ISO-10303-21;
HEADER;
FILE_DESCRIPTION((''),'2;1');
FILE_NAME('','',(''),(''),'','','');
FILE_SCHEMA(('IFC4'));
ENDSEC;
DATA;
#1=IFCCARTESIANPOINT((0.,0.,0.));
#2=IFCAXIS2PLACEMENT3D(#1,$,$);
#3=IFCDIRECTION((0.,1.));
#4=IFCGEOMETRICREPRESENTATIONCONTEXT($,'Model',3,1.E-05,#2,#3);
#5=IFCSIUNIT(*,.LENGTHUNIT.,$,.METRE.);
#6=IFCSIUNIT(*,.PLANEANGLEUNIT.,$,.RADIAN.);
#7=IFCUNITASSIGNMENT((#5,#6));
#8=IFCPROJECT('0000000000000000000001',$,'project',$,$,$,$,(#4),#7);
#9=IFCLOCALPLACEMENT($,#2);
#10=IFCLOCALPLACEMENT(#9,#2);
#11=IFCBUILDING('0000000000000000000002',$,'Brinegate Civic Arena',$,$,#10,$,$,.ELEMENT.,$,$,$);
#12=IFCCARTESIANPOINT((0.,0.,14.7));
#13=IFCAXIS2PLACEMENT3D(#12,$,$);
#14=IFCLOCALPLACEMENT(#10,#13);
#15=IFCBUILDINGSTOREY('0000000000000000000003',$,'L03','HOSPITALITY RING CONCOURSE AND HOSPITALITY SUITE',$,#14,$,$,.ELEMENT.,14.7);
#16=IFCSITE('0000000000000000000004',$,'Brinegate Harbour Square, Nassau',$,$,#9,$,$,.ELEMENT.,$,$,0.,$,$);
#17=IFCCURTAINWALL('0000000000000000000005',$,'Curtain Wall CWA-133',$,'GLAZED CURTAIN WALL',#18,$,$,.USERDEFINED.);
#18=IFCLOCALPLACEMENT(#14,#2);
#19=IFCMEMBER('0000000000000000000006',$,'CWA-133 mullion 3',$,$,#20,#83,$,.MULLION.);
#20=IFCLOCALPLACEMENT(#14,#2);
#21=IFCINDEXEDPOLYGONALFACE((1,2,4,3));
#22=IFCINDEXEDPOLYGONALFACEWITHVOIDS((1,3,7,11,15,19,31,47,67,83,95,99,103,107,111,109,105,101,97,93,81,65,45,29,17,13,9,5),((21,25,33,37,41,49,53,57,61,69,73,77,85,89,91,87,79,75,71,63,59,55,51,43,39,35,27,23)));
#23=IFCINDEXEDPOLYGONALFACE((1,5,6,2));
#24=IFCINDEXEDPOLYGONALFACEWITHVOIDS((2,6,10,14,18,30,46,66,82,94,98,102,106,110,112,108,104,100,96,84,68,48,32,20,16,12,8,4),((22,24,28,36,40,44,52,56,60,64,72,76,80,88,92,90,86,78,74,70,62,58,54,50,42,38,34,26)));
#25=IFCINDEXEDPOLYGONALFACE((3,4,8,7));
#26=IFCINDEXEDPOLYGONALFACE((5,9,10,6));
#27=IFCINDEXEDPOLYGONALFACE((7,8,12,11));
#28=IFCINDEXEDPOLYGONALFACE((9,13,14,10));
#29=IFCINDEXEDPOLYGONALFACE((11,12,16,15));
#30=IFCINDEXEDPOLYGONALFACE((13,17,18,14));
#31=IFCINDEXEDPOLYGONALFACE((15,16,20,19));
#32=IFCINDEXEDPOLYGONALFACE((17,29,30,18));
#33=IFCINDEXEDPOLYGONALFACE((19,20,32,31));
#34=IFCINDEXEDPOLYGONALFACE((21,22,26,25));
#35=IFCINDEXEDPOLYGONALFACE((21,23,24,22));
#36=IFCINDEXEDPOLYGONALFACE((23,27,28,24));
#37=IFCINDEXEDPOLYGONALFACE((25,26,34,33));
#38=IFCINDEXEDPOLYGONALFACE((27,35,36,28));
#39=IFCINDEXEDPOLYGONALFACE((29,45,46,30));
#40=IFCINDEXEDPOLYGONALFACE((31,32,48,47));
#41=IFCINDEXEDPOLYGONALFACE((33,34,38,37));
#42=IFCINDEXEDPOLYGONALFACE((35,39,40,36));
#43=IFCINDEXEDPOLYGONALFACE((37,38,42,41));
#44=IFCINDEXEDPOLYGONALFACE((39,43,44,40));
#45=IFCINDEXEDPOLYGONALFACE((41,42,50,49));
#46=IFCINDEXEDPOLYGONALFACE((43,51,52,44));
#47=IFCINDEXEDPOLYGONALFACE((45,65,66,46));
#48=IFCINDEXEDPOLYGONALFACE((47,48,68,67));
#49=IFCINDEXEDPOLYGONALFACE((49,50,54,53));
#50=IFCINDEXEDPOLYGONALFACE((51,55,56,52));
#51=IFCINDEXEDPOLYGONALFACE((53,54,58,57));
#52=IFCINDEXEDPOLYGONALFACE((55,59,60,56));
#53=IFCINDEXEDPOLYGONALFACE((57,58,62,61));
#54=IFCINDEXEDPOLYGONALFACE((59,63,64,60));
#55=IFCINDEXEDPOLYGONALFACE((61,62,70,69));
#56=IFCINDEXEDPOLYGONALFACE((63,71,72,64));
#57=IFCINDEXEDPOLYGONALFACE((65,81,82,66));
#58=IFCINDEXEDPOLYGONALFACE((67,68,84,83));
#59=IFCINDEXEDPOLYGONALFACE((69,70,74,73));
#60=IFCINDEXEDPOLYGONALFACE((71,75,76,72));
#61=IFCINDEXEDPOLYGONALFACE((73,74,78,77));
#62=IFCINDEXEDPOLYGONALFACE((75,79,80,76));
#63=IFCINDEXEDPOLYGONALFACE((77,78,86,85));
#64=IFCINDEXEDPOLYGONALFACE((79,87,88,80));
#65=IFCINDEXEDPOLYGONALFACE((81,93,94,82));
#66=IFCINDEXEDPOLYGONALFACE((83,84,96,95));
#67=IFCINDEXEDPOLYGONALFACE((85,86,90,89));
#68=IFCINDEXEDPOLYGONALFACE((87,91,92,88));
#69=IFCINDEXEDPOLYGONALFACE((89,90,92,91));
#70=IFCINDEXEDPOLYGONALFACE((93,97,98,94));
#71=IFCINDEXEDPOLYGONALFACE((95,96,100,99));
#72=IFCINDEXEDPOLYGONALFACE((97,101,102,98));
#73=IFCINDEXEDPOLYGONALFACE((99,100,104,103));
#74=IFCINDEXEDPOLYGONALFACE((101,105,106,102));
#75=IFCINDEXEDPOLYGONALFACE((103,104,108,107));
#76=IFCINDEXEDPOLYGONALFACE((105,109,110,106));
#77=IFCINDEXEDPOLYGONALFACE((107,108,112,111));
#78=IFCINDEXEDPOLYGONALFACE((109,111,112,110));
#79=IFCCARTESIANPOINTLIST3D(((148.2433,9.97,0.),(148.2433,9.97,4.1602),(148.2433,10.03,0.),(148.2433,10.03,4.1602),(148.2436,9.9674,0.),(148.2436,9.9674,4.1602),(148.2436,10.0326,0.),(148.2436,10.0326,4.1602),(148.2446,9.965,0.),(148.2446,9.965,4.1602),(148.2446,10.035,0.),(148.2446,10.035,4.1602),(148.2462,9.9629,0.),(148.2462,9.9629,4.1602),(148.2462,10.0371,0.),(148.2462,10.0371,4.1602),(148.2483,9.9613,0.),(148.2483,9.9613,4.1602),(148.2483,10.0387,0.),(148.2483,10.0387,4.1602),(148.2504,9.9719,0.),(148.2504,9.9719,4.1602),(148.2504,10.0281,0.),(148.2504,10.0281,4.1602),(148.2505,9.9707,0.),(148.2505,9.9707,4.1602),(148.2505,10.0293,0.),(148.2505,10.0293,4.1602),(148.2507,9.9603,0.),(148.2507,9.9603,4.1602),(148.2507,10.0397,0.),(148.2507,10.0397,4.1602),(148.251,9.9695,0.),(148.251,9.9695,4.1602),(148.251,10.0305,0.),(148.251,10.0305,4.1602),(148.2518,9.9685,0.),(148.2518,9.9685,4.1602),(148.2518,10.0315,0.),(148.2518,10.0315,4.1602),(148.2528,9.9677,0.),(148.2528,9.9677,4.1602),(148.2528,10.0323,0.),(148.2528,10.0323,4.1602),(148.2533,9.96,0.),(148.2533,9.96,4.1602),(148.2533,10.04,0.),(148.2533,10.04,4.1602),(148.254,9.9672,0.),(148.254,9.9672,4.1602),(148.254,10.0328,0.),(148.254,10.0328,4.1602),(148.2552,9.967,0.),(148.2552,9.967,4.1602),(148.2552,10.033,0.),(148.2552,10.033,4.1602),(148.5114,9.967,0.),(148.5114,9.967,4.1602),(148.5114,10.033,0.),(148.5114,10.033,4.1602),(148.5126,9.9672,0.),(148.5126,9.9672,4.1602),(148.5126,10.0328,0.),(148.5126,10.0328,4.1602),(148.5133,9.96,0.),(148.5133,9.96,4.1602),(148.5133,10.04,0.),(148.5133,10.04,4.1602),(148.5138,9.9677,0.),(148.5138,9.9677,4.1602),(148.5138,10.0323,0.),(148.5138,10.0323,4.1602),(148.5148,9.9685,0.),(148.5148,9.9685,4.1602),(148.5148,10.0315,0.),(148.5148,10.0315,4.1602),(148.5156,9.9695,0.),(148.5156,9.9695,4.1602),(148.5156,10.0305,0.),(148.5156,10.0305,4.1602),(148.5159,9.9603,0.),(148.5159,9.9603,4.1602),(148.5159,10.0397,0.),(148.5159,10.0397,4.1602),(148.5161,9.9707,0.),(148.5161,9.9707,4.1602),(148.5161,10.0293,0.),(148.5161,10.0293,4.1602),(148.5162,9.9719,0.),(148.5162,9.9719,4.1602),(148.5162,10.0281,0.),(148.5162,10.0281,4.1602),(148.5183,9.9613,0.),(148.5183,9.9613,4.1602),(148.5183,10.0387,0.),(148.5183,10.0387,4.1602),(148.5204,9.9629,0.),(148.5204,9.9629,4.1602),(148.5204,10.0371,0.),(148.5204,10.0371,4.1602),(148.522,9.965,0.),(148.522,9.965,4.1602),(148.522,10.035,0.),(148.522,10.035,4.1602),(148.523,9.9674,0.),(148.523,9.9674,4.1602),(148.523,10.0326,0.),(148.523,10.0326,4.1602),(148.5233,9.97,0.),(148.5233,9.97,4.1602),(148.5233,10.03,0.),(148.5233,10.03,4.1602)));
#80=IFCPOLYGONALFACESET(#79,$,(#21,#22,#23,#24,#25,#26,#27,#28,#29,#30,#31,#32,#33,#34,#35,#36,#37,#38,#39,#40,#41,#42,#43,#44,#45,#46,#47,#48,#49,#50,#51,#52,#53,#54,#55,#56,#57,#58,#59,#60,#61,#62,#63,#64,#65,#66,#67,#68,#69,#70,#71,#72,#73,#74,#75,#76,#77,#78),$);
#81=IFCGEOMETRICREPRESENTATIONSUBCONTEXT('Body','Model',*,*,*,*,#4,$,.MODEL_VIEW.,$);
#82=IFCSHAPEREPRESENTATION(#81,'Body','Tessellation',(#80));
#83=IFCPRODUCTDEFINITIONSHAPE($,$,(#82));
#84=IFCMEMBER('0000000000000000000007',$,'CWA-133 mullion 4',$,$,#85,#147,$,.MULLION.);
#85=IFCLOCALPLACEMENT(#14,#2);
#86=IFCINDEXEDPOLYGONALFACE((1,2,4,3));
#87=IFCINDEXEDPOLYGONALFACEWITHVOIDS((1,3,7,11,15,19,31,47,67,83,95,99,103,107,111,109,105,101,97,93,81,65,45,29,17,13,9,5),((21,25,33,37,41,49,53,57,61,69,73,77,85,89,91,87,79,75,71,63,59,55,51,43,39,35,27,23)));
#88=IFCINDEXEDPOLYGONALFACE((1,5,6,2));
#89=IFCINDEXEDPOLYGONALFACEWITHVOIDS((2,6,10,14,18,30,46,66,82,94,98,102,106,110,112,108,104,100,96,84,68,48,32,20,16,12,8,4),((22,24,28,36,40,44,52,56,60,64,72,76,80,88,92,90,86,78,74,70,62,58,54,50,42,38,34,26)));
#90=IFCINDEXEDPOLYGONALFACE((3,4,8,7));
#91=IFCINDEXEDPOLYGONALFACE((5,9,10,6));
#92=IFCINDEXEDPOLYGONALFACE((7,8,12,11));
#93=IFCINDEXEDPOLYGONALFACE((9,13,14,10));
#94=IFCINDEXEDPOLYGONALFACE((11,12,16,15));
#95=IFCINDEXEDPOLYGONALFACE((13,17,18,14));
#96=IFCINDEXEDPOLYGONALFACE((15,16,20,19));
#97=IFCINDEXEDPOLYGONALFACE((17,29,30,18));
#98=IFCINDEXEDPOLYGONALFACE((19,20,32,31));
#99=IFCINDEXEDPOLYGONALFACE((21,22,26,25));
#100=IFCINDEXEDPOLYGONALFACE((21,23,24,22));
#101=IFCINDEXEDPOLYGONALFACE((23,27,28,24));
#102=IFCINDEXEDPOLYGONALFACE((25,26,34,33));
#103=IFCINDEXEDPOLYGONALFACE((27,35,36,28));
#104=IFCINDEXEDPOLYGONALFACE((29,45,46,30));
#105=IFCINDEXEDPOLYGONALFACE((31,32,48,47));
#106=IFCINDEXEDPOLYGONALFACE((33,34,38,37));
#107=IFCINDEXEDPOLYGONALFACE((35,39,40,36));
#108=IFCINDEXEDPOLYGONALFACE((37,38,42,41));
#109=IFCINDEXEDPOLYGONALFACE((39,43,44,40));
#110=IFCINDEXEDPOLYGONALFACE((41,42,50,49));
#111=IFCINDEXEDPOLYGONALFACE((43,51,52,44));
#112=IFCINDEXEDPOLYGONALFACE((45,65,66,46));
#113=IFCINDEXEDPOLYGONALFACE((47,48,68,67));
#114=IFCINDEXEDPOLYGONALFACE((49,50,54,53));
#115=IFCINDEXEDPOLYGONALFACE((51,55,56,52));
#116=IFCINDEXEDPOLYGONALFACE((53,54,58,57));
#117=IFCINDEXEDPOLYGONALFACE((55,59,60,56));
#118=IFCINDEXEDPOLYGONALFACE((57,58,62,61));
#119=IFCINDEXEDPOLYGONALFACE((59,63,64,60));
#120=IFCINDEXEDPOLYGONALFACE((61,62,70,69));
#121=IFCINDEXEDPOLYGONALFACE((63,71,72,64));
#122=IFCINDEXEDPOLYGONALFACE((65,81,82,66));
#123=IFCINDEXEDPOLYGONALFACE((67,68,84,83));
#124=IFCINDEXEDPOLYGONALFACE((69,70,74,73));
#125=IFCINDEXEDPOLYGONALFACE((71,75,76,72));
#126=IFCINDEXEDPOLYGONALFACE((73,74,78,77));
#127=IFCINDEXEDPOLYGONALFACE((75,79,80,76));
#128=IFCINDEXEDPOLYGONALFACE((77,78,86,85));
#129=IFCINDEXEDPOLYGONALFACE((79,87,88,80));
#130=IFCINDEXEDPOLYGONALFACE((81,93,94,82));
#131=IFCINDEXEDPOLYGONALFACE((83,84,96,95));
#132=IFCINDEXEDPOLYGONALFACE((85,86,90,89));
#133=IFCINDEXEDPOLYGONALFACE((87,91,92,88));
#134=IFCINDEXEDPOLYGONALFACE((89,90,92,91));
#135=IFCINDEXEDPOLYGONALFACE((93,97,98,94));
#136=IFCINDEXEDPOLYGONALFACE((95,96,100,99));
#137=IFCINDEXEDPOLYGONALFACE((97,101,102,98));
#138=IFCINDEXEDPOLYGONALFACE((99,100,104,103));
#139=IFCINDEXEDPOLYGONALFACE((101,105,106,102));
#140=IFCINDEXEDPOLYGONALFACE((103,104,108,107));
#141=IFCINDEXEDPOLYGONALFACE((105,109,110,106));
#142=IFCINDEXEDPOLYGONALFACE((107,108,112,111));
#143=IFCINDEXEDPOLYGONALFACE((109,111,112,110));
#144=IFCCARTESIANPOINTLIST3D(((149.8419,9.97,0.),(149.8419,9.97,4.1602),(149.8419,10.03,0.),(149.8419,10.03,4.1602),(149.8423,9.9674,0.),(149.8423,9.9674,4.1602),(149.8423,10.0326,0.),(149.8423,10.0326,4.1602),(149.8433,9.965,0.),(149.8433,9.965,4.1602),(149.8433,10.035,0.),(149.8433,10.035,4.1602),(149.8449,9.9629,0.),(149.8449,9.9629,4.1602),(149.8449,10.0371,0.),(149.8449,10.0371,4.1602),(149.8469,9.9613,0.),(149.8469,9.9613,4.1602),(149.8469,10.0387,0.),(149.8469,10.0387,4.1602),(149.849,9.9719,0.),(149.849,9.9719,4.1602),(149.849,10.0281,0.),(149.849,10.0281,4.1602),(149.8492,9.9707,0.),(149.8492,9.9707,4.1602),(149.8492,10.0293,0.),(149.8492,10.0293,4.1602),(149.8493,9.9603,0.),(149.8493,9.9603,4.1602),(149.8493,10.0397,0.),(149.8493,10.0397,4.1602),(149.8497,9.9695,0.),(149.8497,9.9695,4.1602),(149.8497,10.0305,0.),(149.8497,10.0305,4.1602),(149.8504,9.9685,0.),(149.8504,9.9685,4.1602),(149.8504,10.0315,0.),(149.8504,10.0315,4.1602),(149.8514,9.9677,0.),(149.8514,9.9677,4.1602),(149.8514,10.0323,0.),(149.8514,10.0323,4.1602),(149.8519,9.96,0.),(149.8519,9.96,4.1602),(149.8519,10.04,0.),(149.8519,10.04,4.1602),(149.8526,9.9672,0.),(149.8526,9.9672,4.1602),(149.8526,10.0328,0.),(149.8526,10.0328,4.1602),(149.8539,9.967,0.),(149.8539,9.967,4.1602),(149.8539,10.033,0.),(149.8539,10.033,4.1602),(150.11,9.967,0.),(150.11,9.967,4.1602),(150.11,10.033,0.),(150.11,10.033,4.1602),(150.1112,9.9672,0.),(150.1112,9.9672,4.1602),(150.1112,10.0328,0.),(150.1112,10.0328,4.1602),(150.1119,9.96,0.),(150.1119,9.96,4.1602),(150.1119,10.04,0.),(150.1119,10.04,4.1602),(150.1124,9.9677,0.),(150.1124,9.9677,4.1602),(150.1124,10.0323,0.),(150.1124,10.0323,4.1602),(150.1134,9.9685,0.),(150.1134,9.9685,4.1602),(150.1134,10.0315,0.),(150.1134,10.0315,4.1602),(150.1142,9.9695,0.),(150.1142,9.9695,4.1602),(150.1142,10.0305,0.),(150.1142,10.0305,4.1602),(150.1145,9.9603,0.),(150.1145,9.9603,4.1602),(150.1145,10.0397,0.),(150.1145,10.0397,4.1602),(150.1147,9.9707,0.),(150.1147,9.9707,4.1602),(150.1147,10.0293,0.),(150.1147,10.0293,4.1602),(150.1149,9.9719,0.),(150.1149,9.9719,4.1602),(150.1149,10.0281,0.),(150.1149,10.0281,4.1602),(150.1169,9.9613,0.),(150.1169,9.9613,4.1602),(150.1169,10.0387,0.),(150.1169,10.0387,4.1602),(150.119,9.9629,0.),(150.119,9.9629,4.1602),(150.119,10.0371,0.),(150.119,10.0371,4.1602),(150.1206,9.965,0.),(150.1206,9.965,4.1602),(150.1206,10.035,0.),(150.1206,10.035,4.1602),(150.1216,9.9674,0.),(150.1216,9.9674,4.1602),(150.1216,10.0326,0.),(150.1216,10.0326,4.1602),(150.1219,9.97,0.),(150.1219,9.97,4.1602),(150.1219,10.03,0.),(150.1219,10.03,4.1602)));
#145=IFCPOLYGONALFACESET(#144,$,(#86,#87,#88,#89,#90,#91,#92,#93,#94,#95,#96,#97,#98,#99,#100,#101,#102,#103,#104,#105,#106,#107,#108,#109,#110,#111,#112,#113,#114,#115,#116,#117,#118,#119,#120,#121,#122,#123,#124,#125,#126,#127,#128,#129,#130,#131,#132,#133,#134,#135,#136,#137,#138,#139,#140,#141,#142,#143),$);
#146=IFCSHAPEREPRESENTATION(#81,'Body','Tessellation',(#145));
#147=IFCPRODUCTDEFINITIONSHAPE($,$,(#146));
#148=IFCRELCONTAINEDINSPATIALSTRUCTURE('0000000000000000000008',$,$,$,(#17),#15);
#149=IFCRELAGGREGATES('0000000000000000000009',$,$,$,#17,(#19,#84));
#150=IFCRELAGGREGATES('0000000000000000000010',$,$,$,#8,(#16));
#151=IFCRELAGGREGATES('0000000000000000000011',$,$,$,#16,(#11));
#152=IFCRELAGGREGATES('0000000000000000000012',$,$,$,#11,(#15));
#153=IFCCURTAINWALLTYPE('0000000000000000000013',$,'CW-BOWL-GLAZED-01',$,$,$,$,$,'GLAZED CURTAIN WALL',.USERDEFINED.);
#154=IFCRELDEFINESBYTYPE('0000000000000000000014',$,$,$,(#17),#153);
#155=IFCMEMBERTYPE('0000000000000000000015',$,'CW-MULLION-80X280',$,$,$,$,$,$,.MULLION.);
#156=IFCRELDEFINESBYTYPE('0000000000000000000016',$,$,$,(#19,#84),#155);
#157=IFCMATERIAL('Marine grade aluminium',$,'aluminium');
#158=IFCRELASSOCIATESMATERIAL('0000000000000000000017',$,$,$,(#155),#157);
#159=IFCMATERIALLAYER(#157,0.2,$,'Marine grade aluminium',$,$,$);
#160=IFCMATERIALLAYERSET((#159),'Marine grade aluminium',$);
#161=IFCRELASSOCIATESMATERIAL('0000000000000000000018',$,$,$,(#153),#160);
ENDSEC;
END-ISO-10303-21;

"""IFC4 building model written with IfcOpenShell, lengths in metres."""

from ifc_helpers import new_model, si_unit, direction, frame, origin, origin_2d, place, context, subcontext, project, spatial, hollow_rectangle, extrude, material, layer, layer_set, material_profile, profile_set, type_object, element, aggregate, save


model = new_model("IFC4")

# Units and contexts
model_context = context("Model", 3, precision=1e-05, world=origin(), true_north=direction((0.0, 1.0)))
body_context = subcontext(model_context, "Body", "Model", "MODEL_VIEW")
ifc_project = project(units=[si_unit("LENGTHUNIT", "METRE"), si_unit("PLANEANGLEUNIT", "RADIAN")], contexts=[model_context])

# Site, building, storey
site_placement = place(None, origin())
site = spatial("IfcSite", under=ifc_project, at=site_placement, Name="Brinegate Harbour Square, Nassau", CompositionType="ELEMENT", RefElevation=0.0)
building_placement = place(site_placement, origin())
building = spatial("IfcBuilding", under=site, at=building_placement, Name="Brinegate Civic Arena", CompositionType="ELEMENT")
storey_placement = place(building_placement, frame((0.0, 0.0, 14.7)))
storey = spatial("IfcBuildingStorey", under=building, at=storey_placement, Name="L03", Description="HOSPITALITY RING CONCOURSE AND HOSPITALITY SUITE", CompositionType="ELEMENT", Elevation=14.7)

# Curtain wall, members
ifc_material_1 = material(Name="Marine grade aluminium", Category="aluminium")
ifc_material_profile_1 = material_profile(ifc_material_1, hollow_rectangle(XDim=0.0801, YDim=0.28, WallThickness=0.0071, InnerFilletRadius=0.0049, OuterFilletRadius=0.01, at=origin_2d()), Name="MUL80X280")
ifc_profile_set_1 = profile_set([ifc_material_profile_1], Name="Marine grade aluminium")
member_type_1 = type_object("IfcMemberType", Name="CW-MULLION-80X280", PredefinedType="MULLION", material=ifc_profile_set_1)
ifc_layer_1 = layer(ifc_material_1, 0.2, Name="Marine grade aluminium")
ifc_layer_set_1 = layer_set([ifc_layer_1], Name="Marine grade aluminium")
curtain_wall_type_1 = type_object("IfcCurtainWallType", Name="CW-BOWL-GLAZED-01", ElementType="GLAZED CURTAIN WALL", PredefinedType="USERDEFINED", material=ifc_layer_set_1)
curtain_wall_1_placement = place(storey_placement, origin())
curtain_wall_1 = element("IfcCurtainWall", 1, at=curtain_wall_1_placement, inside=storey, type_object=curtain_wall_type_1, Name="Curtain Wall CWA-133", ObjectType="GLAZED CURTAIN WALL", PredefinedType="USERDEFINED")
member_1_placement = place(storey_placement, frame((148.3833, 10.0, 0.0), z_axis=(0.0, 0.0, 1.0), x_axis=(0.0, 1.0, 0.0)))
member_1 = element("IfcMember", 2, at=member_1_placement, type_object=member_type_1, Name="CWA-133 mullion 3", PredefinedType="MULLION", context=body_context, shape_type="SweptSolid", body=[
    extrude(hollow_rectangle(XDim=0.0801, YDim=0.28, WallThickness=0.0071, InnerFilletRadius=0.0049, OuterFilletRadius=0.01, at=origin_2d()), origin(), (0.0, 0.0, 1.0), 4.1602),
])
member_2_placement = place(storey_placement, frame((149.9819, 10.0, 0.0), z_axis=(0.0, 0.0, 1.0), x_axis=(0.0, 1.0, 0.0)))
member_2 = element("IfcMember", 3, at=member_2_placement, type_object=member_type_1, Name="CWA-133 mullion 4", PredefinedType="MULLION", context=body_context, shape_type="SweptSolid", body=[
    extrude(hollow_rectangle(XDim=0.0801, YDim=0.28, WallThickness=0.0071, InnerFilletRadius=0.0049, OuterFilletRadius=0.01, at=origin_2d()), origin(), (0.0, 0.0, 1.0), 4.1602),
])

aggregate(curtain_wall_1, [member_1, member_2])

save(model, "model.ifc")
